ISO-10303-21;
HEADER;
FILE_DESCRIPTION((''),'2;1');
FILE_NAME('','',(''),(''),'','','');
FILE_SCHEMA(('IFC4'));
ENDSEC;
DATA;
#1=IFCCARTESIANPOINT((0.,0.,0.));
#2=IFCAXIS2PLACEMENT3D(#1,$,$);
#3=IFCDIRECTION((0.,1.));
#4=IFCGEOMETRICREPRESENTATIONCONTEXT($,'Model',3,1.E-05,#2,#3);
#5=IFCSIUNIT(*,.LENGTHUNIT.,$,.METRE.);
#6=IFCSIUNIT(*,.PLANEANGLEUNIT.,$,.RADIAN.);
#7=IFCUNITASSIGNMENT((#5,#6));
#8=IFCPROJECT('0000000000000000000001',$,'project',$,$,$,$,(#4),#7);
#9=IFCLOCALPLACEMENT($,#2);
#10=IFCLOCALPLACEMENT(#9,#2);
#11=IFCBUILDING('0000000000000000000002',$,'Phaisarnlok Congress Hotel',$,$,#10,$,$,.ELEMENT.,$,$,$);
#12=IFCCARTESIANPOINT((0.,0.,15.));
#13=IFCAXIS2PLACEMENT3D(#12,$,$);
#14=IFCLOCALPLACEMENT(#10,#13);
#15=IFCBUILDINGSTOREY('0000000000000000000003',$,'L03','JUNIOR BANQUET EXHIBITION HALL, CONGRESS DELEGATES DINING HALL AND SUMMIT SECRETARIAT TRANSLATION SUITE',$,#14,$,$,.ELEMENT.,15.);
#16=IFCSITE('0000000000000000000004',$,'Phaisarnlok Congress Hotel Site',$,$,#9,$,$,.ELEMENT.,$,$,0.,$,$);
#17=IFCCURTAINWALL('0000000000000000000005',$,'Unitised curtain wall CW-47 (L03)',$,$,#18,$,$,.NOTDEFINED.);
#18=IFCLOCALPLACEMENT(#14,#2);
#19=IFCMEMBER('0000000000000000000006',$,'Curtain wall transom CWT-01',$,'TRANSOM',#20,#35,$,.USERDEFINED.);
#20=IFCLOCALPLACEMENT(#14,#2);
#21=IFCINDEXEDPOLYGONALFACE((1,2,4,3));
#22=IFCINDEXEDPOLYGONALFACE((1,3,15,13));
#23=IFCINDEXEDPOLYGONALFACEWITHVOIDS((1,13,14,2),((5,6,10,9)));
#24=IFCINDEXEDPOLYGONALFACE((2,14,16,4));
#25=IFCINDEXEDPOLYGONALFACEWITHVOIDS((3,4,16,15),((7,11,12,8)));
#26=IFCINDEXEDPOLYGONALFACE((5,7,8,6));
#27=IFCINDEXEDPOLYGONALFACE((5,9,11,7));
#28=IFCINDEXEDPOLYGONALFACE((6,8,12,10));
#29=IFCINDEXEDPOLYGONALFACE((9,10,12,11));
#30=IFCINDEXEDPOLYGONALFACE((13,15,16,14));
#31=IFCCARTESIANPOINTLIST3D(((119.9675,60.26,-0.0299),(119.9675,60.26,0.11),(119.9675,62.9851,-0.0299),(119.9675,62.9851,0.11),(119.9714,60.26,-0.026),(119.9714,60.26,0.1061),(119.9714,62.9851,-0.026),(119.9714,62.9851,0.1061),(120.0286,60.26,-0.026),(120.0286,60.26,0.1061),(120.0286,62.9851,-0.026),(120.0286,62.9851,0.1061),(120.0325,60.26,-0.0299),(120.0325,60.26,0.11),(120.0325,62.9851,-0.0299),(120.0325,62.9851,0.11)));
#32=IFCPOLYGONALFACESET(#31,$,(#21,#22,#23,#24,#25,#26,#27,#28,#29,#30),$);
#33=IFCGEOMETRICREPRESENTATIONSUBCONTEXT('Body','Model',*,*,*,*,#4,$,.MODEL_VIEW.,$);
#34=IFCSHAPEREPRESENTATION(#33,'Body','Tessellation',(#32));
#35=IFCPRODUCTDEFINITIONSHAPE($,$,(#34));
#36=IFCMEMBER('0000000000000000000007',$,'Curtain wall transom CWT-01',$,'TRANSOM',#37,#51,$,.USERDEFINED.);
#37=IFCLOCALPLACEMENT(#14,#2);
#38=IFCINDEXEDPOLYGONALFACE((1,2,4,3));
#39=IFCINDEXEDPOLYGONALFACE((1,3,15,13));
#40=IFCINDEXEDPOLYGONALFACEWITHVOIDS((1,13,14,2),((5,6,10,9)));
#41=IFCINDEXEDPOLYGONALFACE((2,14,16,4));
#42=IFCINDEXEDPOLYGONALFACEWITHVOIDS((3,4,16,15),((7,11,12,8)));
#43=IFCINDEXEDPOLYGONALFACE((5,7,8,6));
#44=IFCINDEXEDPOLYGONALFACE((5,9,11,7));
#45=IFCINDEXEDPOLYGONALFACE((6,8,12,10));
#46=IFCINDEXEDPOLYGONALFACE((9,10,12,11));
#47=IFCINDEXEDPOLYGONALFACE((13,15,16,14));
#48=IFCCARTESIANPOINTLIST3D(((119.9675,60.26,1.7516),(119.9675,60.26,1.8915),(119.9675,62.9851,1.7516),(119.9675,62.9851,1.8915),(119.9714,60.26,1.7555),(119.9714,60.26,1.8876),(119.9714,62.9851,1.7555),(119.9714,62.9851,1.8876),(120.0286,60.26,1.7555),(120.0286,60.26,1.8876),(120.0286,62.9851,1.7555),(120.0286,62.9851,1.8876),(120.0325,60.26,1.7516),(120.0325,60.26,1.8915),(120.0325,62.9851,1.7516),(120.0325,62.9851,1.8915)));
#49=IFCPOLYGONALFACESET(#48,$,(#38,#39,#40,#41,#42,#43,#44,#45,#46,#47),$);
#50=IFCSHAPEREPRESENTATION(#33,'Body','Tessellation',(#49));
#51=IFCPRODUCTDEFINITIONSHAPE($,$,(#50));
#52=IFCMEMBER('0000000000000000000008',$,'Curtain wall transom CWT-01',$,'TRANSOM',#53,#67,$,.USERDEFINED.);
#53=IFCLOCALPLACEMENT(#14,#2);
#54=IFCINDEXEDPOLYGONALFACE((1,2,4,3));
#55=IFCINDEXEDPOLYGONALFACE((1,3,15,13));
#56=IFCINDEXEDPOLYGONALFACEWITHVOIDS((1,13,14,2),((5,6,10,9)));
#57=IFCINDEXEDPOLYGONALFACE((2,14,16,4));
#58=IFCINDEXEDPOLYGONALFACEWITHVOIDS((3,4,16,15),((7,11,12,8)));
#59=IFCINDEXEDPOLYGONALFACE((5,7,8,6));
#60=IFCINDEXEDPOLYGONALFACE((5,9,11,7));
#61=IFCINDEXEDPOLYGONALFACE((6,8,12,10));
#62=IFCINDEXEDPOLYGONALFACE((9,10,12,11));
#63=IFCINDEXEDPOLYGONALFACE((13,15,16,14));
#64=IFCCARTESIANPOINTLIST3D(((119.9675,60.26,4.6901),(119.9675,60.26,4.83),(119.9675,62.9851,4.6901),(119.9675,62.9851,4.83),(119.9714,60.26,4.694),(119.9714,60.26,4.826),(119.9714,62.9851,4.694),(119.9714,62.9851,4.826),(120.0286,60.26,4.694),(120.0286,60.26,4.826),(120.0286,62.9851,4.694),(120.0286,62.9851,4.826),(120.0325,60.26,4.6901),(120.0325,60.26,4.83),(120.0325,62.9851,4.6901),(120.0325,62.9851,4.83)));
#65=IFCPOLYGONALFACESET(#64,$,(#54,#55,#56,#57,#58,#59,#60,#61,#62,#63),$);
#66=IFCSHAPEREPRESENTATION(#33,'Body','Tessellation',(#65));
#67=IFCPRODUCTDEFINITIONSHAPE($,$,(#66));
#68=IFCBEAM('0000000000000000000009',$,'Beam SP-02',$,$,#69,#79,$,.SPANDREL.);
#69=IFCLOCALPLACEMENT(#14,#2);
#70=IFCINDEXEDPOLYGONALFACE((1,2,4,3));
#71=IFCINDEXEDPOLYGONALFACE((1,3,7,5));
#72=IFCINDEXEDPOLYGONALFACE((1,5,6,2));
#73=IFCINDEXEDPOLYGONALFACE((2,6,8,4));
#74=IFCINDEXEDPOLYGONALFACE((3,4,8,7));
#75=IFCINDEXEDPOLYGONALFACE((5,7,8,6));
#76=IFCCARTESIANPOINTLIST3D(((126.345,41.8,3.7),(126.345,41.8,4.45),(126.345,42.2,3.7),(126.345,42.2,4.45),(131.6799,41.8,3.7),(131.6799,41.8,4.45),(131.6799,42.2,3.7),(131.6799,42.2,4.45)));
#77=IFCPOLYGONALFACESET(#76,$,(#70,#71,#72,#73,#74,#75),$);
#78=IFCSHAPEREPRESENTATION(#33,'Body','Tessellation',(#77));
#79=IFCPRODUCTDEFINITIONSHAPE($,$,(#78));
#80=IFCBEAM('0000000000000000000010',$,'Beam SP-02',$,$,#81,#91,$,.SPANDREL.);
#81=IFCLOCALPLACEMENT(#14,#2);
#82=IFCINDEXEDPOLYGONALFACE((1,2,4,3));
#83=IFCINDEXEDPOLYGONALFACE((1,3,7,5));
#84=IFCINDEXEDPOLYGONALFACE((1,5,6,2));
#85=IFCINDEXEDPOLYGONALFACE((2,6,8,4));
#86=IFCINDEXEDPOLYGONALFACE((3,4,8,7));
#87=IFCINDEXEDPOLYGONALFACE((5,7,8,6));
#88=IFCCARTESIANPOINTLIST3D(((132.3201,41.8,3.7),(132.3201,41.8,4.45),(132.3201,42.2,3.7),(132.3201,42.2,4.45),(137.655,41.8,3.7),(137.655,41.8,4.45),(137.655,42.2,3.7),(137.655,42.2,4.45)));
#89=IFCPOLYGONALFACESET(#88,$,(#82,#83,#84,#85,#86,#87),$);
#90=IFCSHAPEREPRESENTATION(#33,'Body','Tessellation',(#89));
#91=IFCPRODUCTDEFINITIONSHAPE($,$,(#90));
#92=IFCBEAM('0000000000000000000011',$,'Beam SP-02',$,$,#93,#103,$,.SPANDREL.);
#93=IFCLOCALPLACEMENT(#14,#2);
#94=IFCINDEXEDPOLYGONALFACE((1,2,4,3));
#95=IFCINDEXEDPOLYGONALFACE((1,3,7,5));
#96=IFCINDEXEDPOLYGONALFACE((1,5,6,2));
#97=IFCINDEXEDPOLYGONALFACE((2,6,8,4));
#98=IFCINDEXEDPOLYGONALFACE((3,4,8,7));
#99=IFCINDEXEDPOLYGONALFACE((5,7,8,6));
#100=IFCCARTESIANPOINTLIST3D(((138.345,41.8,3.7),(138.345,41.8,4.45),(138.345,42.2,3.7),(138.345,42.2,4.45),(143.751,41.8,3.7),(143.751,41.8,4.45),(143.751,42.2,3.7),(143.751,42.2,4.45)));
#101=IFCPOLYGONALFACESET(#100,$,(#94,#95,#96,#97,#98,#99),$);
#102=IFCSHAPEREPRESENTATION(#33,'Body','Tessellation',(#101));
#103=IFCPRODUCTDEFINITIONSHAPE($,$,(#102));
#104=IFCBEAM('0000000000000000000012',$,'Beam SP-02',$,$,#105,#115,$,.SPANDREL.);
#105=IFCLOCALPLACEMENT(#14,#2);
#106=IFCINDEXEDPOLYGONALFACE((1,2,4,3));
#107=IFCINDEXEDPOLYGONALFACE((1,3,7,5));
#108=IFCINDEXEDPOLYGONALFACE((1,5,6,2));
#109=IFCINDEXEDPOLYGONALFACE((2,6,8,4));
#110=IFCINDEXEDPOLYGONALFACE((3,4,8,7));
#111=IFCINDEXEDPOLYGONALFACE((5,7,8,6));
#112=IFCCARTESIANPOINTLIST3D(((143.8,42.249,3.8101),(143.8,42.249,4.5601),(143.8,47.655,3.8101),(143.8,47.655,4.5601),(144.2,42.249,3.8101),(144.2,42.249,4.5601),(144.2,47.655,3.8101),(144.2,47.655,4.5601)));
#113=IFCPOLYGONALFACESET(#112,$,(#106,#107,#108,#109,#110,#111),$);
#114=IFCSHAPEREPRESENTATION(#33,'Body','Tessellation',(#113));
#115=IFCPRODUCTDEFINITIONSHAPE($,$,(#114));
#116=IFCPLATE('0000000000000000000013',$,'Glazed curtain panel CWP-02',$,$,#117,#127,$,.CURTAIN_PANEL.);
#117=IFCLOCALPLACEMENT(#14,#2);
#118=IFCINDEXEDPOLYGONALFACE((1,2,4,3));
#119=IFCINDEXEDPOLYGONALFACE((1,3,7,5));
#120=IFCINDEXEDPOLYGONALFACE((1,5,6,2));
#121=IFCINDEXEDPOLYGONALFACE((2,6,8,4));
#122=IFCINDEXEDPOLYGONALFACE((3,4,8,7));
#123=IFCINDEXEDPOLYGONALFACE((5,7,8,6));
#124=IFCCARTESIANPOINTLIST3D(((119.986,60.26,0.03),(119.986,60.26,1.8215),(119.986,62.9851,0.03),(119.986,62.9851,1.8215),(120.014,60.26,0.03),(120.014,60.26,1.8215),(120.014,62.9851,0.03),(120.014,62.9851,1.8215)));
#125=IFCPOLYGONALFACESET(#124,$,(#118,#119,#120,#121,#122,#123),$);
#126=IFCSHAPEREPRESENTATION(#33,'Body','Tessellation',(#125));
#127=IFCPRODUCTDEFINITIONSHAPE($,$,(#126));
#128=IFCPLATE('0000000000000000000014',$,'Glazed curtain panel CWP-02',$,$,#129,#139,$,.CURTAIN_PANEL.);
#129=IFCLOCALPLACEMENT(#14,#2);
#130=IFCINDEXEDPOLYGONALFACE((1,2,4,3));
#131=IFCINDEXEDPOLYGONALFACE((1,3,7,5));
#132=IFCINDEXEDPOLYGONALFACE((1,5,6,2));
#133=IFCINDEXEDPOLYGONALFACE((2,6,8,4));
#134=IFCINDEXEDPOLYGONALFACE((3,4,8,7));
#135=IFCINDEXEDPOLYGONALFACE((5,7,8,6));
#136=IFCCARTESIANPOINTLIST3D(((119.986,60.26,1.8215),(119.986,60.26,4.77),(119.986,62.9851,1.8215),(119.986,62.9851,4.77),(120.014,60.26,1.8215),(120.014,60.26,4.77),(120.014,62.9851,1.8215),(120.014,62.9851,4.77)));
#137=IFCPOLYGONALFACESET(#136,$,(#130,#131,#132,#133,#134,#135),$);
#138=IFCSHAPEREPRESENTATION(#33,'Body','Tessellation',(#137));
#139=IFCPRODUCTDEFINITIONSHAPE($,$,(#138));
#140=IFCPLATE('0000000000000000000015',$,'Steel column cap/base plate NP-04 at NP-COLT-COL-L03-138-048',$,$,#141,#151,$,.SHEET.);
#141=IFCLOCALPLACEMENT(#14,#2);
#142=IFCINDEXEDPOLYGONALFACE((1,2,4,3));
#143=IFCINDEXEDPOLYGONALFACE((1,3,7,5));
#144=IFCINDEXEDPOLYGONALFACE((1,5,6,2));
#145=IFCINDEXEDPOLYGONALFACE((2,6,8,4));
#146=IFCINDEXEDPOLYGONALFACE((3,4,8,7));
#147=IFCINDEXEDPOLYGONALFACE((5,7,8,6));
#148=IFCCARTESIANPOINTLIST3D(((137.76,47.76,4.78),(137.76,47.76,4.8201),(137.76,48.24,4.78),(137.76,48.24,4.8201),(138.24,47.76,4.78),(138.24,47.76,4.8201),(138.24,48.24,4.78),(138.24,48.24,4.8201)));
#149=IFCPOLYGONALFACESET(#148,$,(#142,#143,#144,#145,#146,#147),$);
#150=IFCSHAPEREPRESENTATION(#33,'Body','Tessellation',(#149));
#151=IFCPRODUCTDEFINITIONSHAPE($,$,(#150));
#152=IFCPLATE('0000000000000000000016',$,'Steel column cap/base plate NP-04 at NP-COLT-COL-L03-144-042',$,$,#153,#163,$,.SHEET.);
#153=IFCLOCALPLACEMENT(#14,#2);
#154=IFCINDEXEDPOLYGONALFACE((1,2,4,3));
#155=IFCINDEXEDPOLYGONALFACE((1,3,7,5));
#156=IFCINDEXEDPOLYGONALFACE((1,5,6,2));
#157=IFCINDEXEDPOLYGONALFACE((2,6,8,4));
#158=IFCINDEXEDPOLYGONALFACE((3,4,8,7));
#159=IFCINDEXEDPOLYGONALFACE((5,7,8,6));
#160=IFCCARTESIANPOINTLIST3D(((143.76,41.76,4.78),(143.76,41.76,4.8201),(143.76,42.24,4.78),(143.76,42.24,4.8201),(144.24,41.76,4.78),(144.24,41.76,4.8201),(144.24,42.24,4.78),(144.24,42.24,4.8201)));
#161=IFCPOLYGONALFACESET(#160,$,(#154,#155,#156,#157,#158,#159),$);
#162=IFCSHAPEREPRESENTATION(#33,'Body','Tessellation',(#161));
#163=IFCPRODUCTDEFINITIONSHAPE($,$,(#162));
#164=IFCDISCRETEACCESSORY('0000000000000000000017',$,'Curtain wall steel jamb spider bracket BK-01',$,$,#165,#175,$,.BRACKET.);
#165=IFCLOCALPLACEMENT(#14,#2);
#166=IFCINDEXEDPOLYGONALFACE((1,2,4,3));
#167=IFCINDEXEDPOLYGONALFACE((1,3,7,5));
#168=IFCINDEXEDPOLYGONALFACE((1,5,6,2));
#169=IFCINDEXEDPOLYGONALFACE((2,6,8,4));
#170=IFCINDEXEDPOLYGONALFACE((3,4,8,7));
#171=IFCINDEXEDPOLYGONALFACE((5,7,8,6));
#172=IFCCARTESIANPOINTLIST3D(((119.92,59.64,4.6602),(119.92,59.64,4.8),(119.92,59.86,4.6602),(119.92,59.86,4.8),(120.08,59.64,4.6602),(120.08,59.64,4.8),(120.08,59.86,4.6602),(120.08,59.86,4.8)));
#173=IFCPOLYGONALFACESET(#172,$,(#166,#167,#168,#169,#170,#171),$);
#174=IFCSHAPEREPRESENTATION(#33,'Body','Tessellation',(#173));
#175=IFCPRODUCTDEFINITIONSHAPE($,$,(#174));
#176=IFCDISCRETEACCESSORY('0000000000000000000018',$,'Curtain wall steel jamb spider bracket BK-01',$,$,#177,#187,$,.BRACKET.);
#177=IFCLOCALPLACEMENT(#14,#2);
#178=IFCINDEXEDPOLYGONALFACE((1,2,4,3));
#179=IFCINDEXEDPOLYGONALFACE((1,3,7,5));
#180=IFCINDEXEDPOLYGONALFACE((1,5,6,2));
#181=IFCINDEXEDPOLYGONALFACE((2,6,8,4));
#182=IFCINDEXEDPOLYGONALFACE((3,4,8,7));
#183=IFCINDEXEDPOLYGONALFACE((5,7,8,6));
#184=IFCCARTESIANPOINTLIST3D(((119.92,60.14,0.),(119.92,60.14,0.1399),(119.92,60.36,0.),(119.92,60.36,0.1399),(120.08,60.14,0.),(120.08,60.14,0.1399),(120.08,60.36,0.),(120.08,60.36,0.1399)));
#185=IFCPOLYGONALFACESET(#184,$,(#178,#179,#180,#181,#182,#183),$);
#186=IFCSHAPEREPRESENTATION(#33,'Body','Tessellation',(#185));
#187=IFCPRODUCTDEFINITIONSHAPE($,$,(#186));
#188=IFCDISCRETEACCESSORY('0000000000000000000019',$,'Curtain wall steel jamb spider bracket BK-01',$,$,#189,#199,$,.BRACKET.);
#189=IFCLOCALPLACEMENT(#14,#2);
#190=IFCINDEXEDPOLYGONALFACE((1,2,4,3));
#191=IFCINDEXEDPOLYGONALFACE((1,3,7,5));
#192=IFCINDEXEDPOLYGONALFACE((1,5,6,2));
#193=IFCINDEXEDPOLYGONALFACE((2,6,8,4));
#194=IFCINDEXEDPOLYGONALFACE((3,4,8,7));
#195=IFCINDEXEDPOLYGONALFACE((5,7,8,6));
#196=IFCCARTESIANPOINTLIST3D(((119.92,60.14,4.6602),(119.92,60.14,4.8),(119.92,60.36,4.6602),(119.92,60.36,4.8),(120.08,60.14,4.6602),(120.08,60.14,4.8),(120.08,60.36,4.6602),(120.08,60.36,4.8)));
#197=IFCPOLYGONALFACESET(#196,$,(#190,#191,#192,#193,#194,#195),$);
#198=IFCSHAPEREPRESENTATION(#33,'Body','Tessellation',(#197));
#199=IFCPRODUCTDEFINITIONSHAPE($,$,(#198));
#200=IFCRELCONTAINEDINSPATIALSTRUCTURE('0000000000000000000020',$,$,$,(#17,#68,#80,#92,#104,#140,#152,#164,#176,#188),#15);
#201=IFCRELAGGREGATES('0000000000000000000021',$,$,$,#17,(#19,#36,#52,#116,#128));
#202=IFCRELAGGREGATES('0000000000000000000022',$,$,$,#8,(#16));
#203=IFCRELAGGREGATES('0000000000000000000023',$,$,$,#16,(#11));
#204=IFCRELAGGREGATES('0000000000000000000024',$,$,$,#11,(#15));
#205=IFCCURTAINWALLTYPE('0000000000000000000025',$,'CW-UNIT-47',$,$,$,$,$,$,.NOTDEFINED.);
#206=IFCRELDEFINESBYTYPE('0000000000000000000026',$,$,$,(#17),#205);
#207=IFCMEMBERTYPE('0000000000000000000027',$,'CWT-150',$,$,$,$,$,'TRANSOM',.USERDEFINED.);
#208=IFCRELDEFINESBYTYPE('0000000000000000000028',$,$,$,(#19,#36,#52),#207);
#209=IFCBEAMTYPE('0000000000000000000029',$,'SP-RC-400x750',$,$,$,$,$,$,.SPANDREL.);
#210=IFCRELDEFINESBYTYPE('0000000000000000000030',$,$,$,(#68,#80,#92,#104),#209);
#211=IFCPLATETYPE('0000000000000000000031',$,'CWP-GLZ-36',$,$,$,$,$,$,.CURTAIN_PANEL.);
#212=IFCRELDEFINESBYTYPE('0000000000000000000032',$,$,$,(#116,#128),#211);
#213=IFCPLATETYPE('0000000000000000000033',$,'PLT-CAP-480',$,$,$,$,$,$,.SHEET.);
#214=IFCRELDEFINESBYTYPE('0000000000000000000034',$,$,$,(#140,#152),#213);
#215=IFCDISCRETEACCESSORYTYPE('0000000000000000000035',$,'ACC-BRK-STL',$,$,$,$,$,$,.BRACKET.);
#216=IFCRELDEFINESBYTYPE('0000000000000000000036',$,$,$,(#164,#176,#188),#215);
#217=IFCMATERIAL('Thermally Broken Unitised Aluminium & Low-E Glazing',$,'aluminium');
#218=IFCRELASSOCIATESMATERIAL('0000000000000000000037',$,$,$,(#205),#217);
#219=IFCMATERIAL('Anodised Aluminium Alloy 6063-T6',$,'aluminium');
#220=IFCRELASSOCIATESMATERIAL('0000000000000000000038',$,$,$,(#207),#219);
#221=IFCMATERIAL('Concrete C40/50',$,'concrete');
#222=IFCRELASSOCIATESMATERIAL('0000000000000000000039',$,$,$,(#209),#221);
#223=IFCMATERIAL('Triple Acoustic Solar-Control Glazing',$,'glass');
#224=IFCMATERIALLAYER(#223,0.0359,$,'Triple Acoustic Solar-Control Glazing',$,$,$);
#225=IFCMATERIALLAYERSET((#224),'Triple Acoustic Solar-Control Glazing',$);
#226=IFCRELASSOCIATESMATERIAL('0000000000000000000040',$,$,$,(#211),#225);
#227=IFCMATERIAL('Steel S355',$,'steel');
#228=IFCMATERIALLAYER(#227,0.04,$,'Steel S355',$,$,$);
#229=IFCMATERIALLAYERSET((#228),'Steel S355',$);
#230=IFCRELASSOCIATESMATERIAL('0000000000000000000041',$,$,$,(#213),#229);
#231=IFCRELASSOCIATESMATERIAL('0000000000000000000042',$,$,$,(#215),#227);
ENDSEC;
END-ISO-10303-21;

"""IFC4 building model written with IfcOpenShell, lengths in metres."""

from ifc_helpers import new_model, si_unit, direction, frame, frame_2d, origin, origin_2d, place, context, subcontext, project, spatial, rectangle, hollow_rectangle, extrude, material, layer, layer_set, material_profile, profile_set, type_object, element, aggregate, save


model = new_model("IFC4")

# Units and contexts
model_context = context("Model", 3, precision=1e-05, world=origin(), true_north=direction((0.0, 1.0)))
body_context = subcontext(model_context, "Body", "Model", "MODEL_VIEW")
ifc_project = project(units=[si_unit("LENGTHUNIT", "METRE"), si_unit("PLANEANGLEUNIT", "RADIAN")], contexts=[model_context])

# Site, building, storey
site_placement = place(None, origin())
site = spatial("IfcSite", under=ifc_project, at=site_placement, Name="Phaisarnlok Congress Hotel Site", CompositionType="ELEMENT", RefElevation=0.0)
building_placement = place(site_placement, origin())
building = spatial("IfcBuilding", under=site, at=building_placement, Name="Phaisarnlok Congress Hotel", CompositionType="ELEMENT")
storey_placement = place(building_placement, frame((0.0, 0.0, 15.0)))
storey = spatial("IfcBuildingStorey", under=building, at=storey_placement, Name="L03", Description="JUNIOR BANQUET EXHIBITION HALL, CONGRESS DELEGATES DINING HALL AND SUMMIT SECRETARIAT TRANSLATION SUITE", CompositionType="ELEMENT", Elevation=15.0)

# Shared definitions
ifc_material_1 = material(Name="Steel S355", Category="steel")

# Curtain wall, members
ifc_material_2 = material(Name="Thermally Broken Unitised Aluminium & Low-E Glazing", Category="aluminium")
curtain_wall_type = type_object("IfcCurtainWallType", Name="CW-UNIT-47", PredefinedType="NOTDEFINED", material=ifc_material_2)
curtain_wall_placement = place(storey_placement, origin())
curtain_wall = element("IfcCurtainWall", 1, at=curtain_wall_placement, inside=storey, type_object=curtain_wall_type, Name="Unitised curtain wall CW-47 (L03)", PredefinedType="NOTDEFINED")
ifc_material_3 = material(Name="Anodised Aluminium Alloy 6063-T6", Category="aluminium")
ifc_material_profile_1 = material_profile(ifc_material_3, hollow_rectangle(XDim=0.0649, YDim=0.1399, WallThickness=0.0039, at=origin_2d()), Name="ALU-T 65x140x4")
ifc_profile_set_1 = profile_set([ifc_material_profile_1], Name="Anodised Aluminium Alloy 6063-T6")
member_type_1 = type_object("IfcMemberType", Name="CWT-150", ElementType="TRANSOM", PredefinedType="USERDEFINED", material=ifc_profile_set_1)
member_1_placement = place(storey_placement, frame((120.0, 62.9851, 0.04), z_axis=(0.0, -1.0, 0.0), x_axis=(1.0, 0.0, 0.0)))
member_1 = element("IfcMember", 2, at=member_1_placement, type_object=member_type_1, Name="Curtain wall transom CWT-01", ObjectType="TRANSOM", PredefinedType="USERDEFINED", context=body_context, shape_type="SweptSolid", body=[
    extrude(hollow_rectangle(XDim=0.0649, YDim=0.1399, WallThickness=0.0039, at=origin_2d()), origin(), (0.0, 0.0, 1.0), 2.7251),
])
member_2_placement = place(storey_placement, frame((120.0, 62.9851, 1.8215), z_axis=(0.0, -1.0, 0.0), x_axis=(1.0, 0.0, 0.0)))
member_2 = element("IfcMember", 3, at=member_2_placement, type_object=member_type_1, Name="Curtain wall transom CWT-01", ObjectType="TRANSOM", PredefinedType="USERDEFINED", context=body_context, shape_type="SweptSolid", body=[
    extrude(hollow_rectangle(XDim=0.0649, YDim=0.1399, WallThickness=0.0039, at=origin_2d()), origin(), (0.0, 0.0, 1.0), 2.7251),
])
member_3_placement = place(storey_placement, frame((120.0, 62.9851, 4.76), z_axis=(0.0, -1.0, 0.0), x_axis=(1.0, 0.0, 0.0)))
member_3 = element("IfcMember", 4, at=member_3_placement, type_object=member_type_1, Name="Curtain wall transom CWT-01", ObjectType="TRANSOM", PredefinedType="USERDEFINED", context=body_context, shape_type="SweptSolid", body=[
    extrude(hollow_rectangle(XDim=0.0649, YDim=0.1399, WallThickness=0.0039, at=origin_2d()), origin(), (0.0, 0.0, 1.0), 2.7251),
])

# Beams
ifc_material_4 = material(Name="Concrete C40/50", Category="concrete")
ifc_material_profile_2 = material_profile(ifc_material_4, rectangle(XDim=0.3999, YDim=0.75, at=origin_2d()), Name="RC 400x750")
ifc_profile_set_2 = profile_set([ifc_material_profile_2], Name="Concrete C40/50")
beam_type_1 = type_object("IfcBeamType", Name="SP-RC-400x750", PredefinedType="SPANDREL", material=ifc_profile_set_2)
for number, where, z_axis, x_axis, name in (
    (5, (126.345, 42.0, 4.075), (1.0, 0.0, 0.0), (0.0, 1.0, 0.0), "Beam SP-02"),
    (6, (132.3201, 42.0, 4.075), (1.0, 0.0, 0.0), (0.0, 1.0, 0.0), "Beam SP-02"),
):
    element("IfcBeam", number, at=place(storey_placement, frame(where, z_axis=z_axis, x_axis=x_axis)), inside=storey, type_object=beam_type_1, Name=name, PredefinedType="SPANDREL", context=body_context, shape_type="SweptSolid", body=[
        extrude(rectangle(XDim=0.3999, YDim=0.75, at=origin_2d()), origin(), (0.0, 0.0, 1.0), 5.335),
    ])
for number, where, z_axis, x_axis, name in (
    (7, (138.345, 42.0, 4.075), (1.0, 0.0, 0.0), (0.0, 1.0, 0.0), "Beam SP-02"),
    (8, (144.0, 42.249, 4.1851), (0.0, 1.0, 0.0), (-1.0, 0.0, 0.0), "Beam SP-02"),
):
    element("IfcBeam", number, at=place(storey_placement, frame(where, z_axis=z_axis, x_axis=x_axis)), inside=storey, type_object=beam_type_1, Name=name, PredefinedType="SPANDREL", context=body_context, shape_type="SweptSolid", body=[
        extrude(rectangle(XDim=0.3999, YDim=0.75, at=origin_2d()), origin(), (0.0, 0.0, 1.0), 5.406),
    ])

# Plates
ifc_material_5 = material(Name="Triple Acoustic Solar-Control Glazing", Category="glass")
ifc_layer_1 = layer(ifc_material_5, 0.0359, Name="Triple Acoustic Solar-Control Glazing")
ifc_layer_set_1 = layer_set([ifc_layer_1], Name="Triple Acoustic Solar-Control Glazing")
plate_type_1 = type_object("IfcPlateType", Name="CWP-GLZ-36", PredefinedType="CURTAIN_PANEL", material=ifc_layer_set_1)
plate_1_placement = place(storey_placement, frame((120.0, 62.9851, 0.03), z_axis=(0.0, 0.0, 1.0), x_axis=(0.0, -1.0, 0.0)))
plate_1 = element("IfcPlate", 9, at=plate_1_placement, type_object=plate_type_1, Name="Glazed curtain panel CWP-02", PredefinedType="CURTAIN_PANEL", context=body_context, shape_type="SweptSolid", body=[
    extrude(rectangle(XDim=2.7251, YDim=0.0281, at=frame_2d((1.3625, 0.0))), origin(), (0.0, 0.0, 1.0), 1.7915),
])
plate_2_placement = place(storey_placement, frame((120.0, 62.9851, 1.8215), z_axis=(0.0, 0.0, 1.0), x_axis=(0.0, -1.0, 0.0)))
plate_2 = element("IfcPlate", 10, at=plate_2_placement, type_object=plate_type_1, Name="Glazed curtain panel CWP-02", PredefinedType="CURTAIN_PANEL", context=body_context, shape_type="SweptSolid", body=[
    extrude(rectangle(XDim=2.7251, YDim=0.0281, at=frame_2d((1.3625, 0.0))), origin(), (0.0, 0.0, 1.0), 2.9485),
])
aggregate(curtain_wall, [member_1, member_2, member_3, plate_1, plate_2])

# Plates
ifc_layer_2 = layer(ifc_material_1, 0.04, Name="Steel S355")
ifc_layer_set_2 = layer_set([ifc_layer_2], Name="Steel S355")
plate_type_2 = type_object("IfcPlateType", Name="PLT-CAP-480", PredefinedType="SHEET", material=ifc_layer_set_2)
for number, where, z_axis, x_axis, name in (
    (11, (138.0, 48.0, 4.78), (0.0, 0.0, 1.0), (1.0, 0.0, 0.0), "Steel column cap/base plate NP-04 at NP-COLT-COL-L03-138-048"),
    (12, (144.0, 42.0, 4.78), (0.0, 0.0, 1.0), (1.0, 0.0, 0.0), "Steel column cap/base plate NP-04 at NP-COLT-COL-L03-144-042"),
):
    element("IfcPlate", number, at=place(storey_placement, frame(where, z_axis=z_axis, x_axis=x_axis)), inside=storey, type_object=plate_type_2, Name=name, PredefinedType="SHEET", context=body_context, shape_type="SweptSolid", body=[
        extrude(rectangle(XDim=0.48, YDim=0.48, at=origin_2d()), origin(), (0.0, 0.0, 1.0), 0.04),
    ])

# Discrete accessories
discrete_accessory_type = type_object("IfcDiscreteAccessoryType", Name="ACC-BRK-STL", PredefinedType="BRACKET", material=ifc_material_1)
for number, where, z_axis, x_axis, name in (
    (13, (120.0, 59.75, 4.6602), (0.0, 0.0, 1.0), (1.0, 0.0, 0.0), "Curtain wall steel jamb spider bracket BK-01"),
    (14, (120.0, 60.25, 0.0), (0.0, 0.0, 1.0), (1.0, 0.0, 0.0), "Curtain wall steel jamb spider bracket BK-01"),
    (15, (120.0, 60.25, 4.6602), (0.0, 0.0, 1.0), (1.0, 0.0, 0.0), "Curtain wall steel jamb spider bracket BK-01"),
):
    element("IfcDiscreteAccessory", number, at=place(storey_placement, frame(where, z_axis=z_axis, x_axis=x_axis)), inside=storey, type_object=discrete_accessory_type, Name=name, PredefinedType="BRACKET", context=body_context, shape_type="SweptSolid", body=[
        extrude(rectangle(XDim=0.1599, YDim=0.22, at=origin_2d()), origin(), (0.0, 0.0, 1.0), 0.1399),
    ])

save(model, "model.ifc")
